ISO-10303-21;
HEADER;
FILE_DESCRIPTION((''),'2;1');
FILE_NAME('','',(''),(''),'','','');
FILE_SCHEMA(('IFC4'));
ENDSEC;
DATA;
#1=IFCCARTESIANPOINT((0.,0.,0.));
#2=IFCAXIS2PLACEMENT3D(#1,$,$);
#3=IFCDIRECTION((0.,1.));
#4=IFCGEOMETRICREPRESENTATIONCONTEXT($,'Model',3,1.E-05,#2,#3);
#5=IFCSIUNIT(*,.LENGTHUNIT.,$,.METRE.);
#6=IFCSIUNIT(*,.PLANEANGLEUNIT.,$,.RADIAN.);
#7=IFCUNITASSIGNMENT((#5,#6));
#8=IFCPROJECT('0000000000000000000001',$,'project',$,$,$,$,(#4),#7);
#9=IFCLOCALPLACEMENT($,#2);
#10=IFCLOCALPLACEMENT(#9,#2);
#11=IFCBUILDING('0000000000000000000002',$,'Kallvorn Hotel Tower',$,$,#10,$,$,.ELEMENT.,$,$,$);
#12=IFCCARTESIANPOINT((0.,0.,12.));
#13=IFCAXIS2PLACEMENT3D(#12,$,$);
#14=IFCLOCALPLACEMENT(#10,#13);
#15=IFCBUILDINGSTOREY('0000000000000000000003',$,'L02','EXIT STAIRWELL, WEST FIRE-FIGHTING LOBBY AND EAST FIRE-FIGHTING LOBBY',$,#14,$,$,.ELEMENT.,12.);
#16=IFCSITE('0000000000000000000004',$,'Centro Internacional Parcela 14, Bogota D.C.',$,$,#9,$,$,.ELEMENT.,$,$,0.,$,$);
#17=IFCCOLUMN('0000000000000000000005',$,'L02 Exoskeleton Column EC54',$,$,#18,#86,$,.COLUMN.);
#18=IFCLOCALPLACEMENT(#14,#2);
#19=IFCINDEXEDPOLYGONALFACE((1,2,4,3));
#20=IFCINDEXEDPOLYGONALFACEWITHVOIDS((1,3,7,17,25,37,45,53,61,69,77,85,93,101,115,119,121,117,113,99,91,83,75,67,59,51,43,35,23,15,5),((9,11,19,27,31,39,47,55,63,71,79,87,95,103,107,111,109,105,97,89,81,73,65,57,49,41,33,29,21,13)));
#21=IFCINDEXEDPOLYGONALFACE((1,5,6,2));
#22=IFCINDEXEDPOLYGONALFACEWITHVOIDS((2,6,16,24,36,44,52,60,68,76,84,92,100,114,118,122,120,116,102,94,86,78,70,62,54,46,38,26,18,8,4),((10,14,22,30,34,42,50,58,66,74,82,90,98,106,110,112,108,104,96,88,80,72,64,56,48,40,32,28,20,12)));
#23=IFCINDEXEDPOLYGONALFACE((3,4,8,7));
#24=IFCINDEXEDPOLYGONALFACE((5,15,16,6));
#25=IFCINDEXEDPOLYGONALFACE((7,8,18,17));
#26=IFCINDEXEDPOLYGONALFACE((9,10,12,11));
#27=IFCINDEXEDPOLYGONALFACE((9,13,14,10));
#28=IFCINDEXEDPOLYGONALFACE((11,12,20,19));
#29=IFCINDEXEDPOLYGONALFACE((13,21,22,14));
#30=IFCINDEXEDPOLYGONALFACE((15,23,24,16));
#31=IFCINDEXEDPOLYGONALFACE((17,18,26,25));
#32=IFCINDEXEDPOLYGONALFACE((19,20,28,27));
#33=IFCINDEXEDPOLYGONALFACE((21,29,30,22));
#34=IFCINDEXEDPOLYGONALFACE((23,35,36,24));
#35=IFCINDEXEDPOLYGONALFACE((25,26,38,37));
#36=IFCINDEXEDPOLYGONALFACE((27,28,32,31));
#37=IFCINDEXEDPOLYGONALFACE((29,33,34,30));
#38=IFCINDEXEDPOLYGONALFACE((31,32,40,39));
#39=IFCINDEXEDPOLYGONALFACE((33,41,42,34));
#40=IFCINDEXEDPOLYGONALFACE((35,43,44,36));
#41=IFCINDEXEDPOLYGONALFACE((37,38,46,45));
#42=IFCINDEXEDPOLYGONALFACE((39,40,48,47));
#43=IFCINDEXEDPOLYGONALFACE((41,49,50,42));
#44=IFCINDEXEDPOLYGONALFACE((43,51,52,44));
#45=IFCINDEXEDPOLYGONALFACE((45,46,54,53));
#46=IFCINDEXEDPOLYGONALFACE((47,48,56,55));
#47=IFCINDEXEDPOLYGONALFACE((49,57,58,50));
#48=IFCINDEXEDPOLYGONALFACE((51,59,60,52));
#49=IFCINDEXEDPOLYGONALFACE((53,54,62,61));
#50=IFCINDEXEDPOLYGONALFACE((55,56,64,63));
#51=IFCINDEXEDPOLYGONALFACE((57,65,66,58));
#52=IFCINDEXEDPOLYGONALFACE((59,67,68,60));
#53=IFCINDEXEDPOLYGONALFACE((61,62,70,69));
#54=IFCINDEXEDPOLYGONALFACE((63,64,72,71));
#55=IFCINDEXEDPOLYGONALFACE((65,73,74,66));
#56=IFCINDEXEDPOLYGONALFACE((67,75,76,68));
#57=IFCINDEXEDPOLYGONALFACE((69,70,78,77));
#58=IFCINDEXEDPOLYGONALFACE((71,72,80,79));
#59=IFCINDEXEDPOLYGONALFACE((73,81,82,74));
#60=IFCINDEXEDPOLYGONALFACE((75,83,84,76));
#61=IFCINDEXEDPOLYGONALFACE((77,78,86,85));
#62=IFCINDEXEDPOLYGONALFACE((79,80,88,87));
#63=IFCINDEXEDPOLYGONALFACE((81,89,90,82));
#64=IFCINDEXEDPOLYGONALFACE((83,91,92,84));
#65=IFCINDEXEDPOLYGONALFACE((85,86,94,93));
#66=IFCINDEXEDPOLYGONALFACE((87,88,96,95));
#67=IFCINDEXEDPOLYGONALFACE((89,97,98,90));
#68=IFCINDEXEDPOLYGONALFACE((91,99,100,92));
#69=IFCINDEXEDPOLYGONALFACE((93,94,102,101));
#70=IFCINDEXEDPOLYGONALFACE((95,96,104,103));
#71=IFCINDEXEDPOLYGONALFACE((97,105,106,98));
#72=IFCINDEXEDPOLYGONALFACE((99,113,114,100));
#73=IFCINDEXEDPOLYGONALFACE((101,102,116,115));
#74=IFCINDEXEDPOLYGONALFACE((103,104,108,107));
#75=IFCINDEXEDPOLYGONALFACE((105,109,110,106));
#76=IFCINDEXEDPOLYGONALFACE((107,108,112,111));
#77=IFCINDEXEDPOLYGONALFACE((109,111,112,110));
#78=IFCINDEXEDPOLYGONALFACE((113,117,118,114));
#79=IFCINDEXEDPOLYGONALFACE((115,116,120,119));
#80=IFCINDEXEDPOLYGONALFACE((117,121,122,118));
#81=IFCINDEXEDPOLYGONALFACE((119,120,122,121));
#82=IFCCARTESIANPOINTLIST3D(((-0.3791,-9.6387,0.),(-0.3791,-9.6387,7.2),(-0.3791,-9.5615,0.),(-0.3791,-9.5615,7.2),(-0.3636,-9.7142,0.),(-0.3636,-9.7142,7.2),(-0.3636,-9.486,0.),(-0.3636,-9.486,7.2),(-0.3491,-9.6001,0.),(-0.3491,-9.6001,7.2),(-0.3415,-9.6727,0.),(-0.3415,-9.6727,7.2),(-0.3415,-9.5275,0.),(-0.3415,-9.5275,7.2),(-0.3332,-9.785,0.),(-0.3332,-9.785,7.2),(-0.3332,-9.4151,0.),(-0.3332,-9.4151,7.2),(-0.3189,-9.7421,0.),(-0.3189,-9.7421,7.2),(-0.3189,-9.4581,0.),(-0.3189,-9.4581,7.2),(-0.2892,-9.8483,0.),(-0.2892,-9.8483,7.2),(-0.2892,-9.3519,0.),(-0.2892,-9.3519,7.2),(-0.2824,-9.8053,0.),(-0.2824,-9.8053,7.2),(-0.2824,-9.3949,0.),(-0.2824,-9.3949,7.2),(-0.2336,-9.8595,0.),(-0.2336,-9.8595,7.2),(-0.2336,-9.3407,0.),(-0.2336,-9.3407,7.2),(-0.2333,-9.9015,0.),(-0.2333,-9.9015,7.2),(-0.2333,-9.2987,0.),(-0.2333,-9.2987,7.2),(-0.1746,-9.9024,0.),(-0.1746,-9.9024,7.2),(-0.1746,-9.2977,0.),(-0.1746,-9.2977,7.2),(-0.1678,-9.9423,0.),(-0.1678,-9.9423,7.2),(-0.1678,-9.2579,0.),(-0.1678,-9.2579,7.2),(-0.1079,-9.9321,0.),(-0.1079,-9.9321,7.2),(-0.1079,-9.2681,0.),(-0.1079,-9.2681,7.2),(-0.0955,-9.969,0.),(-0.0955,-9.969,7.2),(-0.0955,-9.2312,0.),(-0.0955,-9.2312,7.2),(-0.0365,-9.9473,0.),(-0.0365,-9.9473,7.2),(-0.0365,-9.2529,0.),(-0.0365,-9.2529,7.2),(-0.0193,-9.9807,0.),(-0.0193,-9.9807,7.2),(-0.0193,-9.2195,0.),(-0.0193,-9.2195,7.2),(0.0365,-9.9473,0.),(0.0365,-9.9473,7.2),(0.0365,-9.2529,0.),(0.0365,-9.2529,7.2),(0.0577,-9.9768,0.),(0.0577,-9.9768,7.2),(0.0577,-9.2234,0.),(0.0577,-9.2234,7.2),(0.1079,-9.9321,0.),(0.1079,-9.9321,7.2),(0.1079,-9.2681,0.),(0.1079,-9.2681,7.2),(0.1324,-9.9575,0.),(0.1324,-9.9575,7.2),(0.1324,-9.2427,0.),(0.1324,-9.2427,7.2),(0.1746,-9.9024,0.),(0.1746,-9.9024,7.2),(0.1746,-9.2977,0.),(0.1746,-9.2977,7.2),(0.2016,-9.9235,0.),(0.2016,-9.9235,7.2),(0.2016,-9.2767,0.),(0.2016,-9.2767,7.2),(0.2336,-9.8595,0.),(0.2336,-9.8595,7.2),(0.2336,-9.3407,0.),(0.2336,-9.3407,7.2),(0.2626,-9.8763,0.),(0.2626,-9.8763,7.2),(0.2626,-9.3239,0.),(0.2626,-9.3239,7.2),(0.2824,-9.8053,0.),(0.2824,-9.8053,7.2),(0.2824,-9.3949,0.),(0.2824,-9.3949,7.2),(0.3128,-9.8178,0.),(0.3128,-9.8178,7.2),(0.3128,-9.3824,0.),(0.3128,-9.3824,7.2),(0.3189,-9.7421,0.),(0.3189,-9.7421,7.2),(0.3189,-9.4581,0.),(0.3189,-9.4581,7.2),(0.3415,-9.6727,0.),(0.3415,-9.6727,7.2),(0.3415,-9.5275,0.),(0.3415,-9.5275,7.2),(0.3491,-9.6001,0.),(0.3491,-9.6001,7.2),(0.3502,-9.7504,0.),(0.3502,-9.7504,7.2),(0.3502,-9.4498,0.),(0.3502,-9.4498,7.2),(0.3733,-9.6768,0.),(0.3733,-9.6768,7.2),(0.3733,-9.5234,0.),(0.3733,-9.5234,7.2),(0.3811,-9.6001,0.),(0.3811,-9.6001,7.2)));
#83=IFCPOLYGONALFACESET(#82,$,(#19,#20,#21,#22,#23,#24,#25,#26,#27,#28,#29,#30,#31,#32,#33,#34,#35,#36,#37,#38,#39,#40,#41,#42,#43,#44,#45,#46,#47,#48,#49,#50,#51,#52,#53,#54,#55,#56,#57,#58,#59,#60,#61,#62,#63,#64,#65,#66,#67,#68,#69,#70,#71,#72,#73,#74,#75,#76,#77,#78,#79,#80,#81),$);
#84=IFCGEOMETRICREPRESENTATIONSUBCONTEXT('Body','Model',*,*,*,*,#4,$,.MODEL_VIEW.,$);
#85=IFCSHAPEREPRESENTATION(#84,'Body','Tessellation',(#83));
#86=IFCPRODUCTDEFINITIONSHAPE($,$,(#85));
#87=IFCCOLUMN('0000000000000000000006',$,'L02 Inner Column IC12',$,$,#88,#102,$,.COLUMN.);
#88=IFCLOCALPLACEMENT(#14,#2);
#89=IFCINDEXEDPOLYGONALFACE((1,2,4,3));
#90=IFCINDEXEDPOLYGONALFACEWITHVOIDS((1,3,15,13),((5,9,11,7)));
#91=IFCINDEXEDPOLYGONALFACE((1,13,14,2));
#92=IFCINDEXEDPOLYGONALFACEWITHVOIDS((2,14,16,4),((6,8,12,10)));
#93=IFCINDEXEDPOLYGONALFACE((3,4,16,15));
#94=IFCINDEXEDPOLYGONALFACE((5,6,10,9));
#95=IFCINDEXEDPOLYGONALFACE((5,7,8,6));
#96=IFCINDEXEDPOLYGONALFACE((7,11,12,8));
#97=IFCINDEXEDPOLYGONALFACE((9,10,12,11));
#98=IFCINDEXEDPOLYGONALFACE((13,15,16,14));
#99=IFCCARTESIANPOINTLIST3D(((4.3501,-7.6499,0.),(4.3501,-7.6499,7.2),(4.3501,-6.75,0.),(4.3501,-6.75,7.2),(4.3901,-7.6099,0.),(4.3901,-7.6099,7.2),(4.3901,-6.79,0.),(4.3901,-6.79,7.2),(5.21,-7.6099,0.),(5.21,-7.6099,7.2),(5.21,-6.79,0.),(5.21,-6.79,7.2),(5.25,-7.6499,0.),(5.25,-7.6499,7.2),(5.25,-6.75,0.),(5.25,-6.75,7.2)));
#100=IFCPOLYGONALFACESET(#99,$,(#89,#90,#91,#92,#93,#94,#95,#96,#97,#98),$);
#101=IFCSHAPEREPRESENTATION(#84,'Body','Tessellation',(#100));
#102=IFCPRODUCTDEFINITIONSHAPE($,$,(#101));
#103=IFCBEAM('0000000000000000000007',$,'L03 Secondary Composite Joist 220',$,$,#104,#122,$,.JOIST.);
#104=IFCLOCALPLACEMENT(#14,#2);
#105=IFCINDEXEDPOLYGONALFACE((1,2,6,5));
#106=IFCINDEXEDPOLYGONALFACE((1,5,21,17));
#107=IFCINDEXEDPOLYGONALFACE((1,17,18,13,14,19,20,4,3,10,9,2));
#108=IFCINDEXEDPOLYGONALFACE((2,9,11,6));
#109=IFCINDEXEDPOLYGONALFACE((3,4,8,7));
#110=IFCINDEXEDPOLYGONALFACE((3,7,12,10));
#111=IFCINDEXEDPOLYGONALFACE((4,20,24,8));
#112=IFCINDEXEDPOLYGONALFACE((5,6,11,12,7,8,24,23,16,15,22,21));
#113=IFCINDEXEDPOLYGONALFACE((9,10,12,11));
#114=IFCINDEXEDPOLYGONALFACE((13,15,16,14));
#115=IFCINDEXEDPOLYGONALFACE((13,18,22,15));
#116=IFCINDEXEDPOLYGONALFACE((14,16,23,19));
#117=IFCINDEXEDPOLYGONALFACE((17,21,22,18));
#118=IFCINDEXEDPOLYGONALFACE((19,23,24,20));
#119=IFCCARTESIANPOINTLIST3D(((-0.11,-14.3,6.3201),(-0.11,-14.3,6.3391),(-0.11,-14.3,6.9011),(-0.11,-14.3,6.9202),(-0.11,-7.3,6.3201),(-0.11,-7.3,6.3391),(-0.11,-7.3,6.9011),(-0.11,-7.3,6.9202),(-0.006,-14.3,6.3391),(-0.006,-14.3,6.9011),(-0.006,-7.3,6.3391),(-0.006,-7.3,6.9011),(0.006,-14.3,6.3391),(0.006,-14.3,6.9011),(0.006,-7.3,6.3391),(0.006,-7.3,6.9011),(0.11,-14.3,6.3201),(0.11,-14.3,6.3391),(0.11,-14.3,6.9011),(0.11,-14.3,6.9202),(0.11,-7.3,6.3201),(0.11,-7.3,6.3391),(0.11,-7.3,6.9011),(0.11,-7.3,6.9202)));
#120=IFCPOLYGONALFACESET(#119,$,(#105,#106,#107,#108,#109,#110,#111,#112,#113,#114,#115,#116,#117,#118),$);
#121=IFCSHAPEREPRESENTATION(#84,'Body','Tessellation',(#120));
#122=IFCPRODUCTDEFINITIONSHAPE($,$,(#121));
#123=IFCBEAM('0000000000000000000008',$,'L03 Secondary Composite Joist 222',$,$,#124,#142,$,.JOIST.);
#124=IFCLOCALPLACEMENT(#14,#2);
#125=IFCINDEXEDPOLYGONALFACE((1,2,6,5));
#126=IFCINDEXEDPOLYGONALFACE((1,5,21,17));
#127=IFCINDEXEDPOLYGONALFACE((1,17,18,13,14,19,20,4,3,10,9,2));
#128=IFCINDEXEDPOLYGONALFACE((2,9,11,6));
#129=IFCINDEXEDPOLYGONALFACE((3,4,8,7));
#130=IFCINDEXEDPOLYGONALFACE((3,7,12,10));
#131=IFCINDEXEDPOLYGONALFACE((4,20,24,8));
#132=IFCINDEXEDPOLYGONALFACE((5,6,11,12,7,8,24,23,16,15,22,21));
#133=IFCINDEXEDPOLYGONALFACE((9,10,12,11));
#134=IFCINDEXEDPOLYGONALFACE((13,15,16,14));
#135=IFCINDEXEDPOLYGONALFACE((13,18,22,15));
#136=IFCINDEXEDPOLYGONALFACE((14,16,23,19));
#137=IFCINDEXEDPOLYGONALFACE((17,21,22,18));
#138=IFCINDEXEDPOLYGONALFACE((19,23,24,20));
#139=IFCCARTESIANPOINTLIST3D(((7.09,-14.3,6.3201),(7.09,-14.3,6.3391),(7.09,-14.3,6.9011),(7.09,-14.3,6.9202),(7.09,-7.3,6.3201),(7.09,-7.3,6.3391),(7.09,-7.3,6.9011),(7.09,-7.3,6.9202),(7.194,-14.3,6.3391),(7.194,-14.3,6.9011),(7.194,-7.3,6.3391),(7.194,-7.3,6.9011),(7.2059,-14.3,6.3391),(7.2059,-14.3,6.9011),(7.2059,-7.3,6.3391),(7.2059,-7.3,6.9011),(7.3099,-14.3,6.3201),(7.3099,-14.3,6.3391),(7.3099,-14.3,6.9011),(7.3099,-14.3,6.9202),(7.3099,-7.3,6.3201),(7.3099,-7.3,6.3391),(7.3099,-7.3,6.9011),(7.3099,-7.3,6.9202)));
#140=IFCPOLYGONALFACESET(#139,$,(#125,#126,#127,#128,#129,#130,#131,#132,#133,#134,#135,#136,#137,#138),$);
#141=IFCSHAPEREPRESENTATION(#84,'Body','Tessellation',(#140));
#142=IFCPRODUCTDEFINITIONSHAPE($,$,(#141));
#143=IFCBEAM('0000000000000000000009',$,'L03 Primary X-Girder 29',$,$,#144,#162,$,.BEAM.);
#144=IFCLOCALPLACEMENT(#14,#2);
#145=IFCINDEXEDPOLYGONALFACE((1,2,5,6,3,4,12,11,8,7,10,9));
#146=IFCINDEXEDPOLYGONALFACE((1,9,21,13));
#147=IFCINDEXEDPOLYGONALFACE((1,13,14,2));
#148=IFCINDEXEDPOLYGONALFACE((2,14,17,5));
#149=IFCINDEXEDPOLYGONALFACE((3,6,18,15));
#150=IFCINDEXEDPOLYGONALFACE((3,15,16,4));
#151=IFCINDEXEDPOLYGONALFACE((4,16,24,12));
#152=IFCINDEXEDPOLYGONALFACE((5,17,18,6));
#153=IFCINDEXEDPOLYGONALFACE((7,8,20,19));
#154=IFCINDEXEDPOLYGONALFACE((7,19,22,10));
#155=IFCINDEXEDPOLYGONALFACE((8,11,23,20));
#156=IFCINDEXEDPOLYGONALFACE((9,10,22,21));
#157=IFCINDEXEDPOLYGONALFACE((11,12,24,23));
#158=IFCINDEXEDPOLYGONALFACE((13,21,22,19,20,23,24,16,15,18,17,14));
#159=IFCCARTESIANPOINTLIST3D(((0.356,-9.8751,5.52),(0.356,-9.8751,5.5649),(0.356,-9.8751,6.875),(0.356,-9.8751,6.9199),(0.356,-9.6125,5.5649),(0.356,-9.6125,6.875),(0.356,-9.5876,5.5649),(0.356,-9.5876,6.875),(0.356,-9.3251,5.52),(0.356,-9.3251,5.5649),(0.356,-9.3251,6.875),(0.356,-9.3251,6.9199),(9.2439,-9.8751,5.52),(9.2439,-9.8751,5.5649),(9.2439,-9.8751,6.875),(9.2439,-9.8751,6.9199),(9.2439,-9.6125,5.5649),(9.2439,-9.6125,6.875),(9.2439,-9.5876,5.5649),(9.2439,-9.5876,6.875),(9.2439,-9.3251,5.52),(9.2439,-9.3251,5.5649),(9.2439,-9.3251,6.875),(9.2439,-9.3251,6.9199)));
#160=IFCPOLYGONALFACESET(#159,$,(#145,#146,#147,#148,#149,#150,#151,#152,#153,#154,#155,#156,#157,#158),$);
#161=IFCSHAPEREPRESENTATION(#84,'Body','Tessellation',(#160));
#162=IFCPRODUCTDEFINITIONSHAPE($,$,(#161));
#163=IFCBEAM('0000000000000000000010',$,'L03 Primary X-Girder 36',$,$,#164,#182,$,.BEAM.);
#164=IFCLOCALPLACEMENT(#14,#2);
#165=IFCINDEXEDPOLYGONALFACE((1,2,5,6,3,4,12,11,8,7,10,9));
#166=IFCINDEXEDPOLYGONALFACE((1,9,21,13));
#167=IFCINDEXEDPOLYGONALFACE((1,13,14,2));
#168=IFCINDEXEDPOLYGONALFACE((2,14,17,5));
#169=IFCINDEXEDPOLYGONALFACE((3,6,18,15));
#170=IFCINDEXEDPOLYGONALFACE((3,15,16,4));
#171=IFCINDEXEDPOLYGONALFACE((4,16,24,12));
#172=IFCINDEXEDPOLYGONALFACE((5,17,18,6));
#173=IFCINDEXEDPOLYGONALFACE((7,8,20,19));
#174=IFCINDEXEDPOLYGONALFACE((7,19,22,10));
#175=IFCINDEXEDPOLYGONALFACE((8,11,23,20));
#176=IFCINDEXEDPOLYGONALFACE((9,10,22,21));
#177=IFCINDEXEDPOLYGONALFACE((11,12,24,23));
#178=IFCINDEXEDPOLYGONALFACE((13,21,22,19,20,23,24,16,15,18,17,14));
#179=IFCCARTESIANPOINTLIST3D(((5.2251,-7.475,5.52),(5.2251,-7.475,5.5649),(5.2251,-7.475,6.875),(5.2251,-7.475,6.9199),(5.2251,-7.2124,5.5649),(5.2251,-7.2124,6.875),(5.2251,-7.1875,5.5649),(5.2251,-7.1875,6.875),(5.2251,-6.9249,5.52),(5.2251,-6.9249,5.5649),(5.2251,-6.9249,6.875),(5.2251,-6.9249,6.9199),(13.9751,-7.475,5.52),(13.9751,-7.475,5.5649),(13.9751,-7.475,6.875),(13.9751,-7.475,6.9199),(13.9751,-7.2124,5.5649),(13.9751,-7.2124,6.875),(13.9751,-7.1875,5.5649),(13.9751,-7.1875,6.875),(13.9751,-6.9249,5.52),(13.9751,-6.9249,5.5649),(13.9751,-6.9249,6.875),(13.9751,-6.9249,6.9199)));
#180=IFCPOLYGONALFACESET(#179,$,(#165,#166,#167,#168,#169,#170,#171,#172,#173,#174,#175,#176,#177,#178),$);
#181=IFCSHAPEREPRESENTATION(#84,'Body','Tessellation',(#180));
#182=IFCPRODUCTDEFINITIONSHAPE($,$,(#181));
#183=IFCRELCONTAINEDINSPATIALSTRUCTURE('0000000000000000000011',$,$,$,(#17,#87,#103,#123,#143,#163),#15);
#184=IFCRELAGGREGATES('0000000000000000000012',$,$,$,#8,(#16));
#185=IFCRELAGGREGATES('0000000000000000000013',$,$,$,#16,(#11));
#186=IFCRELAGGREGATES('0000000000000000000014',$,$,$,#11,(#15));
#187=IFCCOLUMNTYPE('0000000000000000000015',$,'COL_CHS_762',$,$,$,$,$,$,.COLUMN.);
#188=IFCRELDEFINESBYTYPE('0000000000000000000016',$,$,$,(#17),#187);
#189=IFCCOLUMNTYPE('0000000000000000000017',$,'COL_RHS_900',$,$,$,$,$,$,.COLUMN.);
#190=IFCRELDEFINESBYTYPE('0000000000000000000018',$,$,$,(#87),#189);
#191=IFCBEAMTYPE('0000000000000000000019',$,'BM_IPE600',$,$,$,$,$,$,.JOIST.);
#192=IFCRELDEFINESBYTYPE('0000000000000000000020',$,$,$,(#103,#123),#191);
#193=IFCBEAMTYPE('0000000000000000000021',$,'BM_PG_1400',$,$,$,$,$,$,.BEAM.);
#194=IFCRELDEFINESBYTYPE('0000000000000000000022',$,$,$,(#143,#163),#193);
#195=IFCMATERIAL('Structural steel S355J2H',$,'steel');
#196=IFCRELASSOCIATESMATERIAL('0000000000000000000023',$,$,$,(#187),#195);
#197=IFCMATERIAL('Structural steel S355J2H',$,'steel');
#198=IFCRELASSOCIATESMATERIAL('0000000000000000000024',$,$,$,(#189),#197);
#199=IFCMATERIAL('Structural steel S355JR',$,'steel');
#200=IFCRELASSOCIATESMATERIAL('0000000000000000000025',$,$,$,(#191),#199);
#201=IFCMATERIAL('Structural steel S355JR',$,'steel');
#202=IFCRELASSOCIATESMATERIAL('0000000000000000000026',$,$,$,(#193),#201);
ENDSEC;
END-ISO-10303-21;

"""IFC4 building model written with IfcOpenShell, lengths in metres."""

from ifc_helpers import new_model, si_unit, direction, frame, origin, origin_2d, place, context, subcontext, project, spatial, hollow_rectangle, hollow_circle, i_section, extrude, material, material_profile, profile_set, type_object, element, save


model = new_model("IFC4")

# Units and contexts
model_context = context("Model", 3, precision=1e-05, world=origin(), true_north=direction((0.0, 1.0)))
body_context = subcontext(model_context, "Body", "Model", "MODEL_VIEW")
ifc_project = project(units=[si_unit("LENGTHUNIT", "METRE"), si_unit("PLANEANGLEUNIT", "RADIAN")], contexts=[model_context])

# Site, building, storey
site_placement = place(None, origin())
site = spatial("IfcSite", under=ifc_project, at=site_placement, Name="Centro Internacional Parcela 14, Bogota D.C.", CompositionType="ELEMENT", RefElevation=0.0)
building_placement = place(site_placement, origin())
building = spatial("IfcBuilding", under=site, at=building_placement, Name="Kallvorn Hotel Tower", CompositionType="ELEMENT")
storey_placement = place(building_placement, frame((0.0, 0.0, 12.0)))
storey = spatial("IfcBuildingStorey", under=building, at=storey_placement, Name="L02", Description="EXIT STAIRWELL, WEST FIRE-FIGHTING LOBBY AND EAST FIRE-FIGHTING LOBBY", CompositionType="ELEMENT", Elevation=12.0)

# Columns
ifc_material_1 = material(Name="Structural steel S355J2H", Category="steel")
ifc_material_profile_1 = material_profile(ifc_material_1, hollow_circle(Radius=0.3811, WallThickness=0.032, at=origin_2d()), Name="CHS 762x32")
ifc_profile_set_1 = profile_set([ifc_material_profile_1], Name="Structural steel S355J2H")
column_type_1 = type_object("IfcColumnType", Name="COL_CHS_762", PredefinedType="COLUMN", material=ifc_profile_set_1)
column_1_placement = place(storey_placement, frame((0.0, -9.6001, 0.0), z_axis=(0.0, 0.0, 1.0), x_axis=(1.0, 0.0, 0.0)))
element("IfcColumn", 1, at=column_1_placement, inside=storey, type_object=column_type_1, Name="L02 Exoskeleton Column EC54", PredefinedType="COLUMN", context=body_context, shape_type="SweptSolid", body=[
    extrude(hollow_circle(Radius=0.3811, WallThickness=0.032, at=origin_2d()), origin(), (0.0, 0.0, 1.0), 7.2),
])
ifc_material_2 = material(Name="Structural steel S355J2H", Category="steel")
ifc_material_profile_2 = material_profile(ifc_material_2, hollow_rectangle(XDim=0.8999, YDim=0.8999, WallThickness=0.04, at=origin_2d()), Name="RHS 900x900x40")
ifc_profile_set_2 = profile_set([ifc_material_profile_2], Name="Structural steel S355J2H")
column_type_2 = type_object("IfcColumnType", Name="COL_RHS_900", PredefinedType="COLUMN", material=ifc_profile_set_2)
column_2_placement = place(storey_placement, frame((4.8, -7.2, 0.0), z_axis=(0.0, 0.0, 1.0), x_axis=(1.0, 0.0, 0.0)))
element("IfcColumn", 2, at=column_2_placement, inside=storey, type_object=column_type_2, Name="L02 Inner Column IC12", PredefinedType="COLUMN", context=body_context, shape_type="SweptSolid", body=[
    extrude(hollow_rectangle(XDim=0.8999, YDim=0.8999, WallThickness=0.04, at=origin_2d()), origin(), (0.0, 0.0, 1.0), 7.2),
])

# Beams
ifc_material_3 = material(Name="Structural steel S355JR", Category="steel")
ifc_material_profile_3 = material_profile(ifc_material_3, i_section(OverallWidth=0.22, OverallDepth=0.6001, WebThickness=0.012, FlangeThickness=0.019, at=origin_2d()), Name="IPE 600")
ifc_profile_set_3 = profile_set([ifc_material_profile_3], Name="Structural steel S355JR")
beam_type_1 = type_object("IfcBeamType", Name="BM_IPE600", PredefinedType="JOIST", material=ifc_profile_set_3)
for number, where, z_axis, x_axis, name in (
    (3, (0.0, -14.3, 6.6201), (0.0, 1.0, 0.0), (-1.0, 0.0, 0.0), "L03 Secondary Composite Joist 220"),
    (4, (7.2, -14.3, 6.6201), (0.0, 1.0, 0.0), (-1.0, 0.0, 0.0), "L03 Secondary Composite Joist 222"),
):
    element("IfcBeam", number, at=place(storey_placement, frame(where, z_axis=z_axis, x_axis=x_axis)), inside=storey, type_object=beam_type_1, Name=name, PredefinedType="JOIST", context=body_context, shape_type="SweptSolid", body=[
        extrude(i_section(OverallWidth=0.22, OverallDepth=0.6001, WebThickness=0.012, FlangeThickness=0.019, at=origin_2d()), origin(), (0.0, 0.0, 1.0), 7.0),
    ])
ifc_material_4 = material(Name="Structural steel S355JR", Category="steel")
ifc_material_profile_4 = material_profile(ifc_material_4, i_section(OverallWidth=0.55, OverallDepth=1.3999, WebThickness=0.0249, FlangeThickness=0.0449, at=origin_2d()), Name="PG 1400x550x25x45")
ifc_profile_set_4 = profile_set([ifc_material_profile_4], Name="Structural steel S355JR")
beam_type_2 = type_object("IfcBeamType", Name="BM_PG_1400", PredefinedType="BEAM", material=ifc_profile_set_4)
beam_1_placement = place(storey_placement, frame((0.356, -9.6001, 6.22), z_axis=(1.0, 0.0, 0.0), x_axis=(0.0, 1.0, 0.0)))
element("IfcBeam", 5, at=beam_1_placement, inside=storey, type_object=beam_type_2, Name="L03 Primary X-Girder 29", PredefinedType="BEAM", context=body_context, shape_type="SweptSolid", body=[
    extrude(i_section(OverallWidth=0.55, OverallDepth=1.3999, WebThickness=0.0249, FlangeThickness=0.0449, at=origin_2d()), origin(), (0.0, 0.0, 1.0), 8.8879),
])
beam_2_placement = place(storey_placement, frame((5.2251, -7.2, 6.22), z_axis=(1.0, 0.0, 0.0), x_axis=(0.0, 1.0, 0.0)))
element("IfcBeam", 6, at=beam_2_placement, inside=storey, type_object=beam_type_2, Name="L03 Primary X-Girder 36", PredefinedType="BEAM", context=body_context, shape_type="SweptSolid", body=[
    extrude(i_section(OverallWidth=0.55, OverallDepth=1.3999, WebThickness=0.0249, FlangeThickness=0.0449, at=origin_2d()), origin(), (0.0, 0.0, 1.0), 8.75),
])

save(model, "model.ifc")
